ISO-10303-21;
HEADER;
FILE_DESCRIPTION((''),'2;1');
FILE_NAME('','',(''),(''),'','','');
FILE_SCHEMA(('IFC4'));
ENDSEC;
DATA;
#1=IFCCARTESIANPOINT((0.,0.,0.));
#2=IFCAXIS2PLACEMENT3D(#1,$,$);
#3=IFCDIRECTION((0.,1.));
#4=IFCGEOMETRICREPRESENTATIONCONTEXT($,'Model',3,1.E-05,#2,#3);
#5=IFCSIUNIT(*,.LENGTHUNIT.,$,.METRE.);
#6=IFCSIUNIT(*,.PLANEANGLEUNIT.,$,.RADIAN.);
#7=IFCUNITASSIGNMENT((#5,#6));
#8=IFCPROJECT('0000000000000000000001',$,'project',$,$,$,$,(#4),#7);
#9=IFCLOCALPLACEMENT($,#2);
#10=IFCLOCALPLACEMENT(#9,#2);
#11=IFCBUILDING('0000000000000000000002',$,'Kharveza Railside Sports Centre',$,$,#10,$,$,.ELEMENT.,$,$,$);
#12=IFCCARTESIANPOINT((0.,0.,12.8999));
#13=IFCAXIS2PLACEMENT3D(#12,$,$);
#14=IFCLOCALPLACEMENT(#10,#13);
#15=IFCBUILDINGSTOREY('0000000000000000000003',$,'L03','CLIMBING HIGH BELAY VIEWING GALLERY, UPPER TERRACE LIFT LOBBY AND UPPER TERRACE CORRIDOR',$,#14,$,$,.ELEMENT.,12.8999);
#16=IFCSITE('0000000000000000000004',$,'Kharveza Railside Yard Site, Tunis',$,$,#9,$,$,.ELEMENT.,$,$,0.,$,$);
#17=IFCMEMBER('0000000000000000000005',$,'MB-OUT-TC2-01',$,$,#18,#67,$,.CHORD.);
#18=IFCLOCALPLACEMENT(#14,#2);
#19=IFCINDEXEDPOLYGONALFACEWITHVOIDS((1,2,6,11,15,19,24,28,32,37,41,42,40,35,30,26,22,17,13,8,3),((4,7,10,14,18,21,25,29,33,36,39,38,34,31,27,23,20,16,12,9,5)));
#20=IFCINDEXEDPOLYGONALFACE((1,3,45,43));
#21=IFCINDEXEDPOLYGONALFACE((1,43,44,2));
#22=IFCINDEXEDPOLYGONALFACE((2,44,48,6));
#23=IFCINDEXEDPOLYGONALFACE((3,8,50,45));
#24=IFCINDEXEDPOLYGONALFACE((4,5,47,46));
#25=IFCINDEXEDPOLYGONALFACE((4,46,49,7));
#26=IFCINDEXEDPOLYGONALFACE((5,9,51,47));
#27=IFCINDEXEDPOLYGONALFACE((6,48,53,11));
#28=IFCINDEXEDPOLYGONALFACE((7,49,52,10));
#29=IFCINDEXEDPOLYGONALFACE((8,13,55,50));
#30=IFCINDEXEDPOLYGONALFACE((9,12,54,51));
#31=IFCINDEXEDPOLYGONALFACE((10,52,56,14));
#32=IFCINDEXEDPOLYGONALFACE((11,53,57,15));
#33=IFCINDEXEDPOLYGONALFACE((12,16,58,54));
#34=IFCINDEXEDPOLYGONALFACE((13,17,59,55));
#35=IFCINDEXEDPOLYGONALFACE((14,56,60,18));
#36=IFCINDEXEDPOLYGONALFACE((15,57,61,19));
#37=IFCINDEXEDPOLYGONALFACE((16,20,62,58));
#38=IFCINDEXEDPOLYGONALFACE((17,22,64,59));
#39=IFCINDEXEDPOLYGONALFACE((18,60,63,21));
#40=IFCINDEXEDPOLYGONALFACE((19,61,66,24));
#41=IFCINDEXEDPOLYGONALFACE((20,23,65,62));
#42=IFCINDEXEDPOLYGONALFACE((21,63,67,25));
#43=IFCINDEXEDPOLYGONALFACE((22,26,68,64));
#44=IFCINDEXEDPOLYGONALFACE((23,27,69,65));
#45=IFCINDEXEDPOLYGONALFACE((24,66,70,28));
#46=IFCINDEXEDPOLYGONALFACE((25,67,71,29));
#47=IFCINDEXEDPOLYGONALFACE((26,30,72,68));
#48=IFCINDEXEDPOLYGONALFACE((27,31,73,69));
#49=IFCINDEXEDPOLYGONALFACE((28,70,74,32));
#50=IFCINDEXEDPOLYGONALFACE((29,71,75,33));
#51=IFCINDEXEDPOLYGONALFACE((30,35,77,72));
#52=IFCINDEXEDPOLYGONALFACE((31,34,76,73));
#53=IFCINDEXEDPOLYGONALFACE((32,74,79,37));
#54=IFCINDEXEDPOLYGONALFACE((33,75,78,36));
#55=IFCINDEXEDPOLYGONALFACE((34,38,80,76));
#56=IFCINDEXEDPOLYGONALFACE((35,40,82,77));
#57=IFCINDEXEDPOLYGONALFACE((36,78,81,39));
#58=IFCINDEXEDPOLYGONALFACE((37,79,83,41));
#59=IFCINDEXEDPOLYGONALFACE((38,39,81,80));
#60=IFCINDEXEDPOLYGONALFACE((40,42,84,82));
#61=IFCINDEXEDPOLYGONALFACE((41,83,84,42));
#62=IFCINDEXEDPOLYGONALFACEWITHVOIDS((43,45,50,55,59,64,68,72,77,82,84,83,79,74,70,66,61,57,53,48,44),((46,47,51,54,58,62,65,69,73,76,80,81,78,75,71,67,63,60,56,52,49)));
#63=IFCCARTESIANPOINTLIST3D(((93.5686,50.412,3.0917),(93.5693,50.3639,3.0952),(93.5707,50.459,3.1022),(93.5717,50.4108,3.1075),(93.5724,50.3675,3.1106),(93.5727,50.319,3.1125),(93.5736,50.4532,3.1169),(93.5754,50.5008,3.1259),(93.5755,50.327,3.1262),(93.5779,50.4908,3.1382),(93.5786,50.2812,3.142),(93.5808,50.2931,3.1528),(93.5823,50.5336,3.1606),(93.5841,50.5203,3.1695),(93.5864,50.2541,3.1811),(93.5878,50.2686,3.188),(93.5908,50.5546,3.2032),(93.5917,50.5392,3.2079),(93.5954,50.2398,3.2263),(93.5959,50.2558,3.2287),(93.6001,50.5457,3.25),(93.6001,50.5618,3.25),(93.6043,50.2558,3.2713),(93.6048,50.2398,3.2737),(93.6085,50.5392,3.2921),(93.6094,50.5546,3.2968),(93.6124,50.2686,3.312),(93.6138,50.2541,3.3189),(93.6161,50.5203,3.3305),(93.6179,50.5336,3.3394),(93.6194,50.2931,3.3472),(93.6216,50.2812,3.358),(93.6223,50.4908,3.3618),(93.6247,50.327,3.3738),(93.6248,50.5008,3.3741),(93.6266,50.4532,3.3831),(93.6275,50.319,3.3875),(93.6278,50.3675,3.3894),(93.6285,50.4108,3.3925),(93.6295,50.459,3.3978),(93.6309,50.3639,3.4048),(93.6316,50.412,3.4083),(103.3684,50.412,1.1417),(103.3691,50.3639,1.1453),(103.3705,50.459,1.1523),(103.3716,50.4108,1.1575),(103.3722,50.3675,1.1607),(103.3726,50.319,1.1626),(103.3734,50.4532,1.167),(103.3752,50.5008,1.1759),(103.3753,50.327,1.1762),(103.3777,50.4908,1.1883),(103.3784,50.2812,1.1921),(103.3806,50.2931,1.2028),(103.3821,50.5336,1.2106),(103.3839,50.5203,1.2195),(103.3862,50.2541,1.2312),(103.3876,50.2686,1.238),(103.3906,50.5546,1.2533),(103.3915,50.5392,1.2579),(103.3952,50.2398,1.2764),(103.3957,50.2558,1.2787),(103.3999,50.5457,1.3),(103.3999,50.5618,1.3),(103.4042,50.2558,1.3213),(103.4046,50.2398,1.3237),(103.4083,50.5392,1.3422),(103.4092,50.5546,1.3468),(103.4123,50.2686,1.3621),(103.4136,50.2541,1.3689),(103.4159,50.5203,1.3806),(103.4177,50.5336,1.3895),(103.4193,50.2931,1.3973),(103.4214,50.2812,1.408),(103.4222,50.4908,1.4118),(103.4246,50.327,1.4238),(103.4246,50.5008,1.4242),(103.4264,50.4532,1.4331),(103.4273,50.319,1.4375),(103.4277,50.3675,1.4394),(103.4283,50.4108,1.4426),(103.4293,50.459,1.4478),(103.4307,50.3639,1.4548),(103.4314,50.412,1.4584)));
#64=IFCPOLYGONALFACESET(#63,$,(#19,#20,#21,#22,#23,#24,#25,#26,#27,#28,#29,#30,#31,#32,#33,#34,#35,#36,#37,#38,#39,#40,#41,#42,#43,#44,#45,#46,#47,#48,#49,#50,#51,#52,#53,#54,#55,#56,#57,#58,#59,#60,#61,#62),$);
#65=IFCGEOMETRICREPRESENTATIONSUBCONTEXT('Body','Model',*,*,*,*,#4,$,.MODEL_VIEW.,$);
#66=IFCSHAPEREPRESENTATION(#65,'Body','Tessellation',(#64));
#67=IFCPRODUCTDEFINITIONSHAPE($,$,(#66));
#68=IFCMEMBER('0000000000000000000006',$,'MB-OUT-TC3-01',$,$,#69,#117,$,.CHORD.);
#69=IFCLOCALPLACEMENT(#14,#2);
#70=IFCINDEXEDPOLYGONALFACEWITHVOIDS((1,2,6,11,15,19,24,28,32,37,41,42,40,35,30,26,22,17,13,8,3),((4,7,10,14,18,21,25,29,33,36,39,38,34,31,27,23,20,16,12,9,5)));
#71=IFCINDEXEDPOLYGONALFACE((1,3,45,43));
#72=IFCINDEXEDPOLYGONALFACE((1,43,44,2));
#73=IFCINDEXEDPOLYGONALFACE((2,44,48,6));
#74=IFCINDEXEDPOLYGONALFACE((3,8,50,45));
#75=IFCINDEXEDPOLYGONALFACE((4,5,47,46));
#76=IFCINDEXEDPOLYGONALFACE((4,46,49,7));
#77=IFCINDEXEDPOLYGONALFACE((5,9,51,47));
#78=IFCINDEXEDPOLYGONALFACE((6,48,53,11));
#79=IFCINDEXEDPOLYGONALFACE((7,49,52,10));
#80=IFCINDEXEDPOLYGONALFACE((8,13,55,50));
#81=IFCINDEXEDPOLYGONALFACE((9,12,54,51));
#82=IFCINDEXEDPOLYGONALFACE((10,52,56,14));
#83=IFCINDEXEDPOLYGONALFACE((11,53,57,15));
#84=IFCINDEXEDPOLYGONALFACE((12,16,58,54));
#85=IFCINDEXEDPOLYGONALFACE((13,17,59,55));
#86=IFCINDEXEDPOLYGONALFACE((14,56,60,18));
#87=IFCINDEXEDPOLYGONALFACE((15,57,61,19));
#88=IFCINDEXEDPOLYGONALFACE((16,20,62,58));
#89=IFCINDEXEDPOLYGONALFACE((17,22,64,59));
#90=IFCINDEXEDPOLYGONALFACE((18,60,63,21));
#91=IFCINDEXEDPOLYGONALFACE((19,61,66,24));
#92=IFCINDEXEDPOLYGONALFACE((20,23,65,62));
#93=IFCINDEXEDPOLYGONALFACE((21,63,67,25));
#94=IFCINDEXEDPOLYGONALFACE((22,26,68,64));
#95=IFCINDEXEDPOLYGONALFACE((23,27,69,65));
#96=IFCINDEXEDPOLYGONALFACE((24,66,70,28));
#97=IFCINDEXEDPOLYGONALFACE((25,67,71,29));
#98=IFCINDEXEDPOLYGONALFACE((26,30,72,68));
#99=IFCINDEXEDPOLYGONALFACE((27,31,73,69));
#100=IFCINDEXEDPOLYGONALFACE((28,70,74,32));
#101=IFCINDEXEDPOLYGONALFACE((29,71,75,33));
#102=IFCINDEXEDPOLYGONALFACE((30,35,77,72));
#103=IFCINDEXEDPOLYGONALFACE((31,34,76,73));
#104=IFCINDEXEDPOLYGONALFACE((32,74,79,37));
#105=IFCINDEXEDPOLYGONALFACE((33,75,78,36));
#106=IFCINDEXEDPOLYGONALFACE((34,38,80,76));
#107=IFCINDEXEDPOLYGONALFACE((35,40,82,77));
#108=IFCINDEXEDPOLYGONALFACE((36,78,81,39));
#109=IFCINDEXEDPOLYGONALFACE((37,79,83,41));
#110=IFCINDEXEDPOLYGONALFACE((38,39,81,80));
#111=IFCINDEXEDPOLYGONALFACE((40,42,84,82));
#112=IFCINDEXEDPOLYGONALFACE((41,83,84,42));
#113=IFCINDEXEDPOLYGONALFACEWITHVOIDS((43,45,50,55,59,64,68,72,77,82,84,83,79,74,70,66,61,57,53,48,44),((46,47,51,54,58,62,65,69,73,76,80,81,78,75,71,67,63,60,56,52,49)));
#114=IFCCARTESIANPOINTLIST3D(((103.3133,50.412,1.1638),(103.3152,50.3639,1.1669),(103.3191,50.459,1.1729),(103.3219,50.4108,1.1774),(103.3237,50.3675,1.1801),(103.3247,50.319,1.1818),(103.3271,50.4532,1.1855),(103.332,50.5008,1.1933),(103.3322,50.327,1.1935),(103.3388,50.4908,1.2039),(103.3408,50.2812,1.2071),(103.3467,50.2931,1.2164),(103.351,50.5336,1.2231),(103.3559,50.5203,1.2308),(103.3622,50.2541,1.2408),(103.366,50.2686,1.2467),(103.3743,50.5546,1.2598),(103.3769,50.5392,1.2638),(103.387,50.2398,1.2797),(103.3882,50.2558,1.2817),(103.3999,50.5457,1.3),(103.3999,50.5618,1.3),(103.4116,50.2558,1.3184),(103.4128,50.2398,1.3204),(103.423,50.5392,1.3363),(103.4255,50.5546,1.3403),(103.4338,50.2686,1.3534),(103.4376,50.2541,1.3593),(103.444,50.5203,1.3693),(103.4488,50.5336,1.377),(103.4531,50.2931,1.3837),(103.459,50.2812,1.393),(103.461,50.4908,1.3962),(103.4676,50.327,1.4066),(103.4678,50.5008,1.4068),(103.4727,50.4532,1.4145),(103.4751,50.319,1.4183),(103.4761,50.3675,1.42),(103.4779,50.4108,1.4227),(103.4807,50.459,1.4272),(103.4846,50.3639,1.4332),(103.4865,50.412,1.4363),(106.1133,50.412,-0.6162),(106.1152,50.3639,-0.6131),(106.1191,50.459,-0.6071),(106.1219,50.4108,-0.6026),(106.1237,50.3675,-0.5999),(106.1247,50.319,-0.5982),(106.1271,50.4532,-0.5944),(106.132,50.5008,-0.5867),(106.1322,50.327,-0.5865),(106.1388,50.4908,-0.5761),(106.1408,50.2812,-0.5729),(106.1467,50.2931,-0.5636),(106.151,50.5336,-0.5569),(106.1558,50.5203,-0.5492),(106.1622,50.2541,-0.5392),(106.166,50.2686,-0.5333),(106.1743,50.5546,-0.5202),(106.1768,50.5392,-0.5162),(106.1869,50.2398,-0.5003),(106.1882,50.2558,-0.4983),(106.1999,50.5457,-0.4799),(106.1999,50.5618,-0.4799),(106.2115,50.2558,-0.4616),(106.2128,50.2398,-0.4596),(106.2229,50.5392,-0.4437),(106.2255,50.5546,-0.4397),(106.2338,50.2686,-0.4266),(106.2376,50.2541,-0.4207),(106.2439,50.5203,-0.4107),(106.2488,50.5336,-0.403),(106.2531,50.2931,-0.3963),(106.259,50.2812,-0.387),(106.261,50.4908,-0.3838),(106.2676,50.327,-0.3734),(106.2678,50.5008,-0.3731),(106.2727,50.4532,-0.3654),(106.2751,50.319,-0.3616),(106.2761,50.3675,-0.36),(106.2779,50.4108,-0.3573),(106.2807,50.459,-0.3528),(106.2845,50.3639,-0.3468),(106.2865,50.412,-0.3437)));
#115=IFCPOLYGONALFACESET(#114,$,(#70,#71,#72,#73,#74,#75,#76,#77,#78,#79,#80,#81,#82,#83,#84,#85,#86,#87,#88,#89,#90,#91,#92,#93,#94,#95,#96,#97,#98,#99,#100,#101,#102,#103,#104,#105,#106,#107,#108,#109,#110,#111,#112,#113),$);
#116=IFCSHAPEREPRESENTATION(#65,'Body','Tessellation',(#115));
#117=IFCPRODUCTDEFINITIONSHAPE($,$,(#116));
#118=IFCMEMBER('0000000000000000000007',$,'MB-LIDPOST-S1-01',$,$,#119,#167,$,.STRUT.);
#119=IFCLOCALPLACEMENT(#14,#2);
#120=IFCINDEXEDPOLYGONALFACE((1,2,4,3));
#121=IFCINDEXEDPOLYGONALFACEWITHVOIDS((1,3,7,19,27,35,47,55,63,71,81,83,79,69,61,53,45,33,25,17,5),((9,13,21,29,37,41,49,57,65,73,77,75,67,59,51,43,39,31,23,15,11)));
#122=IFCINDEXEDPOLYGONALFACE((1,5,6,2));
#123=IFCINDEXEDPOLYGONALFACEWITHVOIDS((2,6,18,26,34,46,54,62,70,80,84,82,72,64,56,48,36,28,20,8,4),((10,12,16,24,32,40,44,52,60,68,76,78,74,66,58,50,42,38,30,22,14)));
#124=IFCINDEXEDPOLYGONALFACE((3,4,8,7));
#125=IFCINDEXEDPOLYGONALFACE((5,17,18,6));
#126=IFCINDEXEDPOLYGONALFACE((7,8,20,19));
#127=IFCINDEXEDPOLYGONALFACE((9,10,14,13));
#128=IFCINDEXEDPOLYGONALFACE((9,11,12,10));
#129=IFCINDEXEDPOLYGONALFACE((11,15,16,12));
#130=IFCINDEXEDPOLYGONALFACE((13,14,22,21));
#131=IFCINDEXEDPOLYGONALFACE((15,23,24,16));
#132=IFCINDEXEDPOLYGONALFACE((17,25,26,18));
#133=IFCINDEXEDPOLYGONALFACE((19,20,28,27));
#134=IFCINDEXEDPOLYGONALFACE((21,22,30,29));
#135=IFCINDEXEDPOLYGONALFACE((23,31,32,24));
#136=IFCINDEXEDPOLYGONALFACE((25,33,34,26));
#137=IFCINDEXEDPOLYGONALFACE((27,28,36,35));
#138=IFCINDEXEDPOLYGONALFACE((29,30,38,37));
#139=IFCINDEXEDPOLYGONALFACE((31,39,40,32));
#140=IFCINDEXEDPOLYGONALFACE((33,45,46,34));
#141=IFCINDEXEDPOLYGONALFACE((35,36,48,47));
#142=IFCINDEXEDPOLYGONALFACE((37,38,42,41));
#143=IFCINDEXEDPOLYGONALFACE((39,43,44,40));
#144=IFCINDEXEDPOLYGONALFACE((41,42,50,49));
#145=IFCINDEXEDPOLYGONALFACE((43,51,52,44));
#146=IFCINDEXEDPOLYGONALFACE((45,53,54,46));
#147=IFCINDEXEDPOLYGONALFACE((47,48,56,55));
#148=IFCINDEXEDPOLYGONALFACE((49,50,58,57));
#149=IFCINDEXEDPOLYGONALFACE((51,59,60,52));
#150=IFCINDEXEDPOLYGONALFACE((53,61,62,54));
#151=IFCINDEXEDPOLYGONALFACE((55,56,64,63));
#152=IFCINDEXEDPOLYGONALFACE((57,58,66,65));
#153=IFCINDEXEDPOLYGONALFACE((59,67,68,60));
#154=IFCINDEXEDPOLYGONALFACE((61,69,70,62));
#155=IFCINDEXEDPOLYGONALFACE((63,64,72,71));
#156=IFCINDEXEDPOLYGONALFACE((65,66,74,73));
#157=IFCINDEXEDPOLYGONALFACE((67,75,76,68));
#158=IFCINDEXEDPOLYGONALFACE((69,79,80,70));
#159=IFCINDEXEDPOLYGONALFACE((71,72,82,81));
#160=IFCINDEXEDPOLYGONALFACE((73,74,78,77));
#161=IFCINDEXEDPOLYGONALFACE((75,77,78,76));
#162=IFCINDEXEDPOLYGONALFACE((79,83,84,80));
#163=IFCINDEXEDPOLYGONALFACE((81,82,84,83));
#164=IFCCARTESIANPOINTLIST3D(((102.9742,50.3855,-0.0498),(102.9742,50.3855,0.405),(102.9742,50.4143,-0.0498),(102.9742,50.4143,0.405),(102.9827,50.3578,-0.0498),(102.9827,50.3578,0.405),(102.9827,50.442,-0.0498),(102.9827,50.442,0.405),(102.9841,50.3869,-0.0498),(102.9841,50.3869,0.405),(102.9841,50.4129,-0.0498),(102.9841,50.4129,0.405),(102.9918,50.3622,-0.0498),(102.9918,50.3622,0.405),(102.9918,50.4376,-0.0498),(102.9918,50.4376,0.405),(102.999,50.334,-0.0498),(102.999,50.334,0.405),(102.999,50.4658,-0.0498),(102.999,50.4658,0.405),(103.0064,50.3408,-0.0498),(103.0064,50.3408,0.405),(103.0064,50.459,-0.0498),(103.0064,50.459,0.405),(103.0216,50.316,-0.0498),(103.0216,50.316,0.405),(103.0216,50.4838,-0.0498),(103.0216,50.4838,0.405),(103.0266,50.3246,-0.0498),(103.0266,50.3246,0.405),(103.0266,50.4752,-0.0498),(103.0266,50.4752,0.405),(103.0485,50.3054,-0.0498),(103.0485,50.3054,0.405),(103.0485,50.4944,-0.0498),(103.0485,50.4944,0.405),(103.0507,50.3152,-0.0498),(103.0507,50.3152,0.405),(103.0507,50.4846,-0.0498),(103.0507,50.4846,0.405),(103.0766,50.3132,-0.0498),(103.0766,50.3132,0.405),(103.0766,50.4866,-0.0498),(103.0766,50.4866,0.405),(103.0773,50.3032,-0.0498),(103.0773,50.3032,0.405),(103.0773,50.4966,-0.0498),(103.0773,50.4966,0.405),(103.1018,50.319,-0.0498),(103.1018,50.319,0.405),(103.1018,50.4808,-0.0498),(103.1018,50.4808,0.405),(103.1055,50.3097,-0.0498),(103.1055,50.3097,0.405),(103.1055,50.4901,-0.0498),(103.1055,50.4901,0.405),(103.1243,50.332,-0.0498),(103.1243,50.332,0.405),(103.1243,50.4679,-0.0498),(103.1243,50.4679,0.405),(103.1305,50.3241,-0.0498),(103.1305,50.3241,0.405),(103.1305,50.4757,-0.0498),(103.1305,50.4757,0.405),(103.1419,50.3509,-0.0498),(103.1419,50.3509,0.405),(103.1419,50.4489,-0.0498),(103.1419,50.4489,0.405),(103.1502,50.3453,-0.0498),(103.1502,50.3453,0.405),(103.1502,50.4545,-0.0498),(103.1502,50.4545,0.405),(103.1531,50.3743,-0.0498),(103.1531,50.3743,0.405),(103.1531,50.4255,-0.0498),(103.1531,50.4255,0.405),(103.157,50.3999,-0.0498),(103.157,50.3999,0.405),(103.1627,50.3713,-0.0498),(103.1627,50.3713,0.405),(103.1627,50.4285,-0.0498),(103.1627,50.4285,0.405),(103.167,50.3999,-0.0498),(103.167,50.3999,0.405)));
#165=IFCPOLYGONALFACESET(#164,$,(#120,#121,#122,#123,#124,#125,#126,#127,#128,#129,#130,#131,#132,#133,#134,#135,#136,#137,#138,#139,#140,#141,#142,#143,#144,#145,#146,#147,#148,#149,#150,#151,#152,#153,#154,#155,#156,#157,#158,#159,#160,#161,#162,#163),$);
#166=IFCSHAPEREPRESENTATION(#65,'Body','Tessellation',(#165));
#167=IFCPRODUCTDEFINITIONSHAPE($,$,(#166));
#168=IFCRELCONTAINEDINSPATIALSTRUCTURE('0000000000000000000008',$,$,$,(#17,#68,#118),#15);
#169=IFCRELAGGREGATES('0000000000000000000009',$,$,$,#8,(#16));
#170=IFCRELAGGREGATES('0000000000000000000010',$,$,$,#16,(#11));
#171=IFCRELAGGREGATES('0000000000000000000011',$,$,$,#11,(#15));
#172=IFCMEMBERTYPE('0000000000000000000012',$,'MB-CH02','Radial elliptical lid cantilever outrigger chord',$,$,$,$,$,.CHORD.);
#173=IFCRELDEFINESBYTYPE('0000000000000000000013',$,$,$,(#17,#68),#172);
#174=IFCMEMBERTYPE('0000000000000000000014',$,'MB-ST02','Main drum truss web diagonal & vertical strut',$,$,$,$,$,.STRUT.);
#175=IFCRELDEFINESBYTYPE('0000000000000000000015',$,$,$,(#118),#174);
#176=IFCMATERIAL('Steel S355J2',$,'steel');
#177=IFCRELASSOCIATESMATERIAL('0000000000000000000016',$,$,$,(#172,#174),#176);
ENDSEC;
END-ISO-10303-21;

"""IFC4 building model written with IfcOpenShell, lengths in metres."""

from ifc_helpers import new_model, si_unit, direction, frame, origin, origin_2d, place, context, subcontext, project, spatial, hollow_circle, extrude, material, material_profile, profile_set, type_object, element, save


model = new_model("IFC4")

# Units and contexts
model_context = context("Model", 3, precision=1e-05, world=origin(), true_north=direction((0.0, 1.0)))
body_context = subcontext(model_context, "Body", "Model", "MODEL_VIEW")
ifc_project = project(units=[si_unit("LENGTHUNIT", "METRE"), si_unit("PLANEANGLEUNIT", "RADIAN")], contexts=[model_context])

# Site, building, storey
site_placement = place(None, origin())
site = spatial("IfcSite", under=ifc_project, at=site_placement, Name="Kharveza Railside Yard Site, Tunis", CompositionType="ELEMENT", RefElevation=0.0)
building_placement = place(site_placement, origin())
building = spatial("IfcBuilding", under=site, at=building_placement, Name="Kharveza Railside Sports Centre", CompositionType="ELEMENT")
storey_placement = place(building_placement, frame((0.0, 0.0, 12.8999)))
storey = spatial("IfcBuildingStorey", under=building, at=storey_placement, Name="L03", Description="CLIMBING HIGH BELAY VIEWING GALLERY, UPPER TERRACE LIFT LOBBY AND UPPER TERRACE CORRIDOR", CompositionType="ELEMENT", Elevation=12.8999)

# Shared definitions
ifc_material_1 = material(Name="Steel S355J2", Category="steel")

# Members
ifc_material_profile_1 = material_profile(ifc_material_1, hollow_circle(Radius=0.1619, WallThickness=0.0161, at=origin_2d()), Name="CHS 323.9x16.0")
ifc_profile_set_1 = profile_set([ifc_material_profile_1], Name="Steel S355J2")
member_type_1 = type_object("IfcMemberType", Name="MB-CH02", Description="Radial elliptical lid cantilever outrigger chord", PredefinedType="CHORD", material=ifc_profile_set_1)
member_1_placement = place(storey_placement, frame((93.6001, 50.3999, 3.25), z_axis=(0.980773, 0.0, -0.195153), x_axis=(0.0, 1.0, 0.0)))
element("IfcMember", 1, at=member_1_placement, inside=storey, type_object=member_type_1, Name="MB-OUT-TC2-01", PredefinedType="CHORD", context=body_context, shape_type="SweptSolid", body=[
    extrude(hollow_circle(Radius=0.1619, WallThickness=0.0161, at=origin_2d()), origin(), (0.0, 0.0, 1.0), 9.9919),
])
member_2_placement = place(storey_placement, frame((103.3999, 50.3999, 1.3), z_axis=(0.84391, 0.0, -0.536485), x_axis=(0.0, 1.0, 0.0)))
element("IfcMember", 2, at=member_2_placement, inside=storey, type_object=member_type_1, Name="MB-OUT-TC3-01", PredefinedType="CHORD", context=body_context, shape_type="SweptSolid", body=[
    extrude(hollow_circle(Radius=0.1619, WallThickness=0.0161, at=origin_2d()), origin(), (0.0, 0.0, 1.0), 3.3179),
])
ifc_material_profile_2 = material_profile(ifc_material_1, hollow_circle(Radius=0.0969, WallThickness=0.01, at=origin_2d()), Name="CHS 193.7x10.0")
ifc_profile_set_2 = profile_set([ifc_material_profile_2], Name="Steel S355J2")
member_type_2 = type_object("IfcMemberType", Name="MB-ST02", Description="Main drum truss web diagonal & vertical strut", PredefinedType="STRUT", material=ifc_profile_set_2)
member_3_placement = place(storey_placement, frame((103.0701, 50.3999, -0.0498), z_axis=(0.0, 0.0, 1.0), x_axis=(1.0, 0.0, 0.0)))
element("IfcMember", 3, at=member_3_placement, inside=storey, type_object=member_type_2, Name="MB-LIDPOST-S1-01", PredefinedType="STRUT", context=body_context, shape_type="SweptSolid", body=[
    extrude(hollow_circle(Radius=0.0969, WallThickness=0.01, at=origin_2d()), origin(), (0.0, 0.0, 1.0), 0.4548),
])

save(model, "model.ifc")
